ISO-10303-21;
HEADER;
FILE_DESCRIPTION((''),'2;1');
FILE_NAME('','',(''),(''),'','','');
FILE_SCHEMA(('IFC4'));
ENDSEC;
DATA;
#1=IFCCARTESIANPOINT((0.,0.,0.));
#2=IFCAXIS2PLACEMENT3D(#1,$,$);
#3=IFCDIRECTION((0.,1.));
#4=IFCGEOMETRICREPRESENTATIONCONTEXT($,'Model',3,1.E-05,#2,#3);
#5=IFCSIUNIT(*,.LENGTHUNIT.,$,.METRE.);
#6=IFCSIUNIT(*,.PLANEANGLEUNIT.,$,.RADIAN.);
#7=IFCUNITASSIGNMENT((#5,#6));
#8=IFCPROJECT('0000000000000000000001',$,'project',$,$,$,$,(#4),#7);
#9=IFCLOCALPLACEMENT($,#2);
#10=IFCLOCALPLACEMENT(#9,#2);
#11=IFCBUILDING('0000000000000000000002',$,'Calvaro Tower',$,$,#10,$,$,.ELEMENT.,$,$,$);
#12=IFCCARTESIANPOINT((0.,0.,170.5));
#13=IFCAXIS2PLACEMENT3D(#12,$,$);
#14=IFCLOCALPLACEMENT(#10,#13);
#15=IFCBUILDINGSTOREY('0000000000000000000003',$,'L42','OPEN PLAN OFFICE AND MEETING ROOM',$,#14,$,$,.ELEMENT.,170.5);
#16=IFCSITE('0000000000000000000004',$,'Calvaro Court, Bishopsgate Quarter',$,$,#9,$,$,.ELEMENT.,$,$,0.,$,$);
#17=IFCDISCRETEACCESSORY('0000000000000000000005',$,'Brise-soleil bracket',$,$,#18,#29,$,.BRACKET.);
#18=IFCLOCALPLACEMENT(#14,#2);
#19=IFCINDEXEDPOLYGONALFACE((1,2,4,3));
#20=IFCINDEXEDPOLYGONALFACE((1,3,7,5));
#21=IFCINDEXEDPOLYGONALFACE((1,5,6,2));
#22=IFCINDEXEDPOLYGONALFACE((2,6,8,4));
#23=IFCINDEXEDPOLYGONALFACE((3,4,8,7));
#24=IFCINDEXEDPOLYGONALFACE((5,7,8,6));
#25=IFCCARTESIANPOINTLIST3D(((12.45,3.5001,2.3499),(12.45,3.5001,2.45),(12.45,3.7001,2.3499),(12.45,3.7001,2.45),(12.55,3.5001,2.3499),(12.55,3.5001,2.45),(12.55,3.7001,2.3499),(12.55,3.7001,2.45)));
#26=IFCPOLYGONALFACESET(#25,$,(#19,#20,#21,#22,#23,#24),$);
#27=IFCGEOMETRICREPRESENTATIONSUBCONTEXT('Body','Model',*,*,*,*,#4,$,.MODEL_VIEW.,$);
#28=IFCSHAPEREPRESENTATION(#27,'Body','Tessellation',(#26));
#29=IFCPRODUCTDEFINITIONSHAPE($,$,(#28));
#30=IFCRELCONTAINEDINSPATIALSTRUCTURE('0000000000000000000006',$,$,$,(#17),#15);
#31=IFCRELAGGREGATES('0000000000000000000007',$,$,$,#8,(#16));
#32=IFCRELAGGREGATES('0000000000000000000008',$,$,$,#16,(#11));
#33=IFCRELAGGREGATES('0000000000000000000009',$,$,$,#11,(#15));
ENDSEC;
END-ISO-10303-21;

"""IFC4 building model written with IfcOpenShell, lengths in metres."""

from ifc_helpers import new_model, si_unit, direction, frame, origin, origin_2d, place, context, subcontext, project, spatial, rectangle, extrude, element, save


model = new_model("IFC4")

# Units and contexts
model_context = context("Model", 3, precision=1e-05, world=origin(), true_north=direction((0.0, 1.0)))
body_context = subcontext(model_context, "Body", "Model", "MODEL_VIEW")
ifc_project = project(units=[si_unit("LENGTHUNIT", "METRE"), si_unit("PLANEANGLEUNIT", "RADIAN")], contexts=[model_context])

# Site, building, storey
site_placement = place(None, origin())
site = spatial("IfcSite", under=ifc_project, at=site_placement, Name="Calvaro Court, Bishopsgate Quarter", CompositionType="ELEMENT", RefElevation=0.0)
building_placement = place(site_placement, origin())
building = spatial("IfcBuilding", under=site, at=building_placement, Name="Calvaro Tower", CompositionType="ELEMENT")
storey_placement = place(building_placement, frame((0.0, 0.0, 170.5)))
storey = spatial("IfcBuildingStorey", under=building, at=storey_placement, Name="L42", Description="OPEN PLAN OFFICE AND MEETING ROOM", CompositionType="ELEMENT", Elevation=170.5)

# Discrete accessory
discrete_accessory_placement = place(storey_placement, frame((12.5, 3.6001, 2.3499), z_axis=(0.0, 0.0, 1.0), x_axis=(1.0, 0.0, 0.0)))
element("IfcDiscreteAccessory", 1, at=discrete_accessory_placement, inside=storey, Name="Brise-soleil bracket", PredefinedType="BRACKET", context=body_context, shape_type="SweptSolid", body=[
    extrude(rectangle(XDim=0.1001, YDim=0.2, at=origin_2d()), origin(), (0.0, 0.0, 1.0), 0.1001),
])

save(model, "model.ifc")
